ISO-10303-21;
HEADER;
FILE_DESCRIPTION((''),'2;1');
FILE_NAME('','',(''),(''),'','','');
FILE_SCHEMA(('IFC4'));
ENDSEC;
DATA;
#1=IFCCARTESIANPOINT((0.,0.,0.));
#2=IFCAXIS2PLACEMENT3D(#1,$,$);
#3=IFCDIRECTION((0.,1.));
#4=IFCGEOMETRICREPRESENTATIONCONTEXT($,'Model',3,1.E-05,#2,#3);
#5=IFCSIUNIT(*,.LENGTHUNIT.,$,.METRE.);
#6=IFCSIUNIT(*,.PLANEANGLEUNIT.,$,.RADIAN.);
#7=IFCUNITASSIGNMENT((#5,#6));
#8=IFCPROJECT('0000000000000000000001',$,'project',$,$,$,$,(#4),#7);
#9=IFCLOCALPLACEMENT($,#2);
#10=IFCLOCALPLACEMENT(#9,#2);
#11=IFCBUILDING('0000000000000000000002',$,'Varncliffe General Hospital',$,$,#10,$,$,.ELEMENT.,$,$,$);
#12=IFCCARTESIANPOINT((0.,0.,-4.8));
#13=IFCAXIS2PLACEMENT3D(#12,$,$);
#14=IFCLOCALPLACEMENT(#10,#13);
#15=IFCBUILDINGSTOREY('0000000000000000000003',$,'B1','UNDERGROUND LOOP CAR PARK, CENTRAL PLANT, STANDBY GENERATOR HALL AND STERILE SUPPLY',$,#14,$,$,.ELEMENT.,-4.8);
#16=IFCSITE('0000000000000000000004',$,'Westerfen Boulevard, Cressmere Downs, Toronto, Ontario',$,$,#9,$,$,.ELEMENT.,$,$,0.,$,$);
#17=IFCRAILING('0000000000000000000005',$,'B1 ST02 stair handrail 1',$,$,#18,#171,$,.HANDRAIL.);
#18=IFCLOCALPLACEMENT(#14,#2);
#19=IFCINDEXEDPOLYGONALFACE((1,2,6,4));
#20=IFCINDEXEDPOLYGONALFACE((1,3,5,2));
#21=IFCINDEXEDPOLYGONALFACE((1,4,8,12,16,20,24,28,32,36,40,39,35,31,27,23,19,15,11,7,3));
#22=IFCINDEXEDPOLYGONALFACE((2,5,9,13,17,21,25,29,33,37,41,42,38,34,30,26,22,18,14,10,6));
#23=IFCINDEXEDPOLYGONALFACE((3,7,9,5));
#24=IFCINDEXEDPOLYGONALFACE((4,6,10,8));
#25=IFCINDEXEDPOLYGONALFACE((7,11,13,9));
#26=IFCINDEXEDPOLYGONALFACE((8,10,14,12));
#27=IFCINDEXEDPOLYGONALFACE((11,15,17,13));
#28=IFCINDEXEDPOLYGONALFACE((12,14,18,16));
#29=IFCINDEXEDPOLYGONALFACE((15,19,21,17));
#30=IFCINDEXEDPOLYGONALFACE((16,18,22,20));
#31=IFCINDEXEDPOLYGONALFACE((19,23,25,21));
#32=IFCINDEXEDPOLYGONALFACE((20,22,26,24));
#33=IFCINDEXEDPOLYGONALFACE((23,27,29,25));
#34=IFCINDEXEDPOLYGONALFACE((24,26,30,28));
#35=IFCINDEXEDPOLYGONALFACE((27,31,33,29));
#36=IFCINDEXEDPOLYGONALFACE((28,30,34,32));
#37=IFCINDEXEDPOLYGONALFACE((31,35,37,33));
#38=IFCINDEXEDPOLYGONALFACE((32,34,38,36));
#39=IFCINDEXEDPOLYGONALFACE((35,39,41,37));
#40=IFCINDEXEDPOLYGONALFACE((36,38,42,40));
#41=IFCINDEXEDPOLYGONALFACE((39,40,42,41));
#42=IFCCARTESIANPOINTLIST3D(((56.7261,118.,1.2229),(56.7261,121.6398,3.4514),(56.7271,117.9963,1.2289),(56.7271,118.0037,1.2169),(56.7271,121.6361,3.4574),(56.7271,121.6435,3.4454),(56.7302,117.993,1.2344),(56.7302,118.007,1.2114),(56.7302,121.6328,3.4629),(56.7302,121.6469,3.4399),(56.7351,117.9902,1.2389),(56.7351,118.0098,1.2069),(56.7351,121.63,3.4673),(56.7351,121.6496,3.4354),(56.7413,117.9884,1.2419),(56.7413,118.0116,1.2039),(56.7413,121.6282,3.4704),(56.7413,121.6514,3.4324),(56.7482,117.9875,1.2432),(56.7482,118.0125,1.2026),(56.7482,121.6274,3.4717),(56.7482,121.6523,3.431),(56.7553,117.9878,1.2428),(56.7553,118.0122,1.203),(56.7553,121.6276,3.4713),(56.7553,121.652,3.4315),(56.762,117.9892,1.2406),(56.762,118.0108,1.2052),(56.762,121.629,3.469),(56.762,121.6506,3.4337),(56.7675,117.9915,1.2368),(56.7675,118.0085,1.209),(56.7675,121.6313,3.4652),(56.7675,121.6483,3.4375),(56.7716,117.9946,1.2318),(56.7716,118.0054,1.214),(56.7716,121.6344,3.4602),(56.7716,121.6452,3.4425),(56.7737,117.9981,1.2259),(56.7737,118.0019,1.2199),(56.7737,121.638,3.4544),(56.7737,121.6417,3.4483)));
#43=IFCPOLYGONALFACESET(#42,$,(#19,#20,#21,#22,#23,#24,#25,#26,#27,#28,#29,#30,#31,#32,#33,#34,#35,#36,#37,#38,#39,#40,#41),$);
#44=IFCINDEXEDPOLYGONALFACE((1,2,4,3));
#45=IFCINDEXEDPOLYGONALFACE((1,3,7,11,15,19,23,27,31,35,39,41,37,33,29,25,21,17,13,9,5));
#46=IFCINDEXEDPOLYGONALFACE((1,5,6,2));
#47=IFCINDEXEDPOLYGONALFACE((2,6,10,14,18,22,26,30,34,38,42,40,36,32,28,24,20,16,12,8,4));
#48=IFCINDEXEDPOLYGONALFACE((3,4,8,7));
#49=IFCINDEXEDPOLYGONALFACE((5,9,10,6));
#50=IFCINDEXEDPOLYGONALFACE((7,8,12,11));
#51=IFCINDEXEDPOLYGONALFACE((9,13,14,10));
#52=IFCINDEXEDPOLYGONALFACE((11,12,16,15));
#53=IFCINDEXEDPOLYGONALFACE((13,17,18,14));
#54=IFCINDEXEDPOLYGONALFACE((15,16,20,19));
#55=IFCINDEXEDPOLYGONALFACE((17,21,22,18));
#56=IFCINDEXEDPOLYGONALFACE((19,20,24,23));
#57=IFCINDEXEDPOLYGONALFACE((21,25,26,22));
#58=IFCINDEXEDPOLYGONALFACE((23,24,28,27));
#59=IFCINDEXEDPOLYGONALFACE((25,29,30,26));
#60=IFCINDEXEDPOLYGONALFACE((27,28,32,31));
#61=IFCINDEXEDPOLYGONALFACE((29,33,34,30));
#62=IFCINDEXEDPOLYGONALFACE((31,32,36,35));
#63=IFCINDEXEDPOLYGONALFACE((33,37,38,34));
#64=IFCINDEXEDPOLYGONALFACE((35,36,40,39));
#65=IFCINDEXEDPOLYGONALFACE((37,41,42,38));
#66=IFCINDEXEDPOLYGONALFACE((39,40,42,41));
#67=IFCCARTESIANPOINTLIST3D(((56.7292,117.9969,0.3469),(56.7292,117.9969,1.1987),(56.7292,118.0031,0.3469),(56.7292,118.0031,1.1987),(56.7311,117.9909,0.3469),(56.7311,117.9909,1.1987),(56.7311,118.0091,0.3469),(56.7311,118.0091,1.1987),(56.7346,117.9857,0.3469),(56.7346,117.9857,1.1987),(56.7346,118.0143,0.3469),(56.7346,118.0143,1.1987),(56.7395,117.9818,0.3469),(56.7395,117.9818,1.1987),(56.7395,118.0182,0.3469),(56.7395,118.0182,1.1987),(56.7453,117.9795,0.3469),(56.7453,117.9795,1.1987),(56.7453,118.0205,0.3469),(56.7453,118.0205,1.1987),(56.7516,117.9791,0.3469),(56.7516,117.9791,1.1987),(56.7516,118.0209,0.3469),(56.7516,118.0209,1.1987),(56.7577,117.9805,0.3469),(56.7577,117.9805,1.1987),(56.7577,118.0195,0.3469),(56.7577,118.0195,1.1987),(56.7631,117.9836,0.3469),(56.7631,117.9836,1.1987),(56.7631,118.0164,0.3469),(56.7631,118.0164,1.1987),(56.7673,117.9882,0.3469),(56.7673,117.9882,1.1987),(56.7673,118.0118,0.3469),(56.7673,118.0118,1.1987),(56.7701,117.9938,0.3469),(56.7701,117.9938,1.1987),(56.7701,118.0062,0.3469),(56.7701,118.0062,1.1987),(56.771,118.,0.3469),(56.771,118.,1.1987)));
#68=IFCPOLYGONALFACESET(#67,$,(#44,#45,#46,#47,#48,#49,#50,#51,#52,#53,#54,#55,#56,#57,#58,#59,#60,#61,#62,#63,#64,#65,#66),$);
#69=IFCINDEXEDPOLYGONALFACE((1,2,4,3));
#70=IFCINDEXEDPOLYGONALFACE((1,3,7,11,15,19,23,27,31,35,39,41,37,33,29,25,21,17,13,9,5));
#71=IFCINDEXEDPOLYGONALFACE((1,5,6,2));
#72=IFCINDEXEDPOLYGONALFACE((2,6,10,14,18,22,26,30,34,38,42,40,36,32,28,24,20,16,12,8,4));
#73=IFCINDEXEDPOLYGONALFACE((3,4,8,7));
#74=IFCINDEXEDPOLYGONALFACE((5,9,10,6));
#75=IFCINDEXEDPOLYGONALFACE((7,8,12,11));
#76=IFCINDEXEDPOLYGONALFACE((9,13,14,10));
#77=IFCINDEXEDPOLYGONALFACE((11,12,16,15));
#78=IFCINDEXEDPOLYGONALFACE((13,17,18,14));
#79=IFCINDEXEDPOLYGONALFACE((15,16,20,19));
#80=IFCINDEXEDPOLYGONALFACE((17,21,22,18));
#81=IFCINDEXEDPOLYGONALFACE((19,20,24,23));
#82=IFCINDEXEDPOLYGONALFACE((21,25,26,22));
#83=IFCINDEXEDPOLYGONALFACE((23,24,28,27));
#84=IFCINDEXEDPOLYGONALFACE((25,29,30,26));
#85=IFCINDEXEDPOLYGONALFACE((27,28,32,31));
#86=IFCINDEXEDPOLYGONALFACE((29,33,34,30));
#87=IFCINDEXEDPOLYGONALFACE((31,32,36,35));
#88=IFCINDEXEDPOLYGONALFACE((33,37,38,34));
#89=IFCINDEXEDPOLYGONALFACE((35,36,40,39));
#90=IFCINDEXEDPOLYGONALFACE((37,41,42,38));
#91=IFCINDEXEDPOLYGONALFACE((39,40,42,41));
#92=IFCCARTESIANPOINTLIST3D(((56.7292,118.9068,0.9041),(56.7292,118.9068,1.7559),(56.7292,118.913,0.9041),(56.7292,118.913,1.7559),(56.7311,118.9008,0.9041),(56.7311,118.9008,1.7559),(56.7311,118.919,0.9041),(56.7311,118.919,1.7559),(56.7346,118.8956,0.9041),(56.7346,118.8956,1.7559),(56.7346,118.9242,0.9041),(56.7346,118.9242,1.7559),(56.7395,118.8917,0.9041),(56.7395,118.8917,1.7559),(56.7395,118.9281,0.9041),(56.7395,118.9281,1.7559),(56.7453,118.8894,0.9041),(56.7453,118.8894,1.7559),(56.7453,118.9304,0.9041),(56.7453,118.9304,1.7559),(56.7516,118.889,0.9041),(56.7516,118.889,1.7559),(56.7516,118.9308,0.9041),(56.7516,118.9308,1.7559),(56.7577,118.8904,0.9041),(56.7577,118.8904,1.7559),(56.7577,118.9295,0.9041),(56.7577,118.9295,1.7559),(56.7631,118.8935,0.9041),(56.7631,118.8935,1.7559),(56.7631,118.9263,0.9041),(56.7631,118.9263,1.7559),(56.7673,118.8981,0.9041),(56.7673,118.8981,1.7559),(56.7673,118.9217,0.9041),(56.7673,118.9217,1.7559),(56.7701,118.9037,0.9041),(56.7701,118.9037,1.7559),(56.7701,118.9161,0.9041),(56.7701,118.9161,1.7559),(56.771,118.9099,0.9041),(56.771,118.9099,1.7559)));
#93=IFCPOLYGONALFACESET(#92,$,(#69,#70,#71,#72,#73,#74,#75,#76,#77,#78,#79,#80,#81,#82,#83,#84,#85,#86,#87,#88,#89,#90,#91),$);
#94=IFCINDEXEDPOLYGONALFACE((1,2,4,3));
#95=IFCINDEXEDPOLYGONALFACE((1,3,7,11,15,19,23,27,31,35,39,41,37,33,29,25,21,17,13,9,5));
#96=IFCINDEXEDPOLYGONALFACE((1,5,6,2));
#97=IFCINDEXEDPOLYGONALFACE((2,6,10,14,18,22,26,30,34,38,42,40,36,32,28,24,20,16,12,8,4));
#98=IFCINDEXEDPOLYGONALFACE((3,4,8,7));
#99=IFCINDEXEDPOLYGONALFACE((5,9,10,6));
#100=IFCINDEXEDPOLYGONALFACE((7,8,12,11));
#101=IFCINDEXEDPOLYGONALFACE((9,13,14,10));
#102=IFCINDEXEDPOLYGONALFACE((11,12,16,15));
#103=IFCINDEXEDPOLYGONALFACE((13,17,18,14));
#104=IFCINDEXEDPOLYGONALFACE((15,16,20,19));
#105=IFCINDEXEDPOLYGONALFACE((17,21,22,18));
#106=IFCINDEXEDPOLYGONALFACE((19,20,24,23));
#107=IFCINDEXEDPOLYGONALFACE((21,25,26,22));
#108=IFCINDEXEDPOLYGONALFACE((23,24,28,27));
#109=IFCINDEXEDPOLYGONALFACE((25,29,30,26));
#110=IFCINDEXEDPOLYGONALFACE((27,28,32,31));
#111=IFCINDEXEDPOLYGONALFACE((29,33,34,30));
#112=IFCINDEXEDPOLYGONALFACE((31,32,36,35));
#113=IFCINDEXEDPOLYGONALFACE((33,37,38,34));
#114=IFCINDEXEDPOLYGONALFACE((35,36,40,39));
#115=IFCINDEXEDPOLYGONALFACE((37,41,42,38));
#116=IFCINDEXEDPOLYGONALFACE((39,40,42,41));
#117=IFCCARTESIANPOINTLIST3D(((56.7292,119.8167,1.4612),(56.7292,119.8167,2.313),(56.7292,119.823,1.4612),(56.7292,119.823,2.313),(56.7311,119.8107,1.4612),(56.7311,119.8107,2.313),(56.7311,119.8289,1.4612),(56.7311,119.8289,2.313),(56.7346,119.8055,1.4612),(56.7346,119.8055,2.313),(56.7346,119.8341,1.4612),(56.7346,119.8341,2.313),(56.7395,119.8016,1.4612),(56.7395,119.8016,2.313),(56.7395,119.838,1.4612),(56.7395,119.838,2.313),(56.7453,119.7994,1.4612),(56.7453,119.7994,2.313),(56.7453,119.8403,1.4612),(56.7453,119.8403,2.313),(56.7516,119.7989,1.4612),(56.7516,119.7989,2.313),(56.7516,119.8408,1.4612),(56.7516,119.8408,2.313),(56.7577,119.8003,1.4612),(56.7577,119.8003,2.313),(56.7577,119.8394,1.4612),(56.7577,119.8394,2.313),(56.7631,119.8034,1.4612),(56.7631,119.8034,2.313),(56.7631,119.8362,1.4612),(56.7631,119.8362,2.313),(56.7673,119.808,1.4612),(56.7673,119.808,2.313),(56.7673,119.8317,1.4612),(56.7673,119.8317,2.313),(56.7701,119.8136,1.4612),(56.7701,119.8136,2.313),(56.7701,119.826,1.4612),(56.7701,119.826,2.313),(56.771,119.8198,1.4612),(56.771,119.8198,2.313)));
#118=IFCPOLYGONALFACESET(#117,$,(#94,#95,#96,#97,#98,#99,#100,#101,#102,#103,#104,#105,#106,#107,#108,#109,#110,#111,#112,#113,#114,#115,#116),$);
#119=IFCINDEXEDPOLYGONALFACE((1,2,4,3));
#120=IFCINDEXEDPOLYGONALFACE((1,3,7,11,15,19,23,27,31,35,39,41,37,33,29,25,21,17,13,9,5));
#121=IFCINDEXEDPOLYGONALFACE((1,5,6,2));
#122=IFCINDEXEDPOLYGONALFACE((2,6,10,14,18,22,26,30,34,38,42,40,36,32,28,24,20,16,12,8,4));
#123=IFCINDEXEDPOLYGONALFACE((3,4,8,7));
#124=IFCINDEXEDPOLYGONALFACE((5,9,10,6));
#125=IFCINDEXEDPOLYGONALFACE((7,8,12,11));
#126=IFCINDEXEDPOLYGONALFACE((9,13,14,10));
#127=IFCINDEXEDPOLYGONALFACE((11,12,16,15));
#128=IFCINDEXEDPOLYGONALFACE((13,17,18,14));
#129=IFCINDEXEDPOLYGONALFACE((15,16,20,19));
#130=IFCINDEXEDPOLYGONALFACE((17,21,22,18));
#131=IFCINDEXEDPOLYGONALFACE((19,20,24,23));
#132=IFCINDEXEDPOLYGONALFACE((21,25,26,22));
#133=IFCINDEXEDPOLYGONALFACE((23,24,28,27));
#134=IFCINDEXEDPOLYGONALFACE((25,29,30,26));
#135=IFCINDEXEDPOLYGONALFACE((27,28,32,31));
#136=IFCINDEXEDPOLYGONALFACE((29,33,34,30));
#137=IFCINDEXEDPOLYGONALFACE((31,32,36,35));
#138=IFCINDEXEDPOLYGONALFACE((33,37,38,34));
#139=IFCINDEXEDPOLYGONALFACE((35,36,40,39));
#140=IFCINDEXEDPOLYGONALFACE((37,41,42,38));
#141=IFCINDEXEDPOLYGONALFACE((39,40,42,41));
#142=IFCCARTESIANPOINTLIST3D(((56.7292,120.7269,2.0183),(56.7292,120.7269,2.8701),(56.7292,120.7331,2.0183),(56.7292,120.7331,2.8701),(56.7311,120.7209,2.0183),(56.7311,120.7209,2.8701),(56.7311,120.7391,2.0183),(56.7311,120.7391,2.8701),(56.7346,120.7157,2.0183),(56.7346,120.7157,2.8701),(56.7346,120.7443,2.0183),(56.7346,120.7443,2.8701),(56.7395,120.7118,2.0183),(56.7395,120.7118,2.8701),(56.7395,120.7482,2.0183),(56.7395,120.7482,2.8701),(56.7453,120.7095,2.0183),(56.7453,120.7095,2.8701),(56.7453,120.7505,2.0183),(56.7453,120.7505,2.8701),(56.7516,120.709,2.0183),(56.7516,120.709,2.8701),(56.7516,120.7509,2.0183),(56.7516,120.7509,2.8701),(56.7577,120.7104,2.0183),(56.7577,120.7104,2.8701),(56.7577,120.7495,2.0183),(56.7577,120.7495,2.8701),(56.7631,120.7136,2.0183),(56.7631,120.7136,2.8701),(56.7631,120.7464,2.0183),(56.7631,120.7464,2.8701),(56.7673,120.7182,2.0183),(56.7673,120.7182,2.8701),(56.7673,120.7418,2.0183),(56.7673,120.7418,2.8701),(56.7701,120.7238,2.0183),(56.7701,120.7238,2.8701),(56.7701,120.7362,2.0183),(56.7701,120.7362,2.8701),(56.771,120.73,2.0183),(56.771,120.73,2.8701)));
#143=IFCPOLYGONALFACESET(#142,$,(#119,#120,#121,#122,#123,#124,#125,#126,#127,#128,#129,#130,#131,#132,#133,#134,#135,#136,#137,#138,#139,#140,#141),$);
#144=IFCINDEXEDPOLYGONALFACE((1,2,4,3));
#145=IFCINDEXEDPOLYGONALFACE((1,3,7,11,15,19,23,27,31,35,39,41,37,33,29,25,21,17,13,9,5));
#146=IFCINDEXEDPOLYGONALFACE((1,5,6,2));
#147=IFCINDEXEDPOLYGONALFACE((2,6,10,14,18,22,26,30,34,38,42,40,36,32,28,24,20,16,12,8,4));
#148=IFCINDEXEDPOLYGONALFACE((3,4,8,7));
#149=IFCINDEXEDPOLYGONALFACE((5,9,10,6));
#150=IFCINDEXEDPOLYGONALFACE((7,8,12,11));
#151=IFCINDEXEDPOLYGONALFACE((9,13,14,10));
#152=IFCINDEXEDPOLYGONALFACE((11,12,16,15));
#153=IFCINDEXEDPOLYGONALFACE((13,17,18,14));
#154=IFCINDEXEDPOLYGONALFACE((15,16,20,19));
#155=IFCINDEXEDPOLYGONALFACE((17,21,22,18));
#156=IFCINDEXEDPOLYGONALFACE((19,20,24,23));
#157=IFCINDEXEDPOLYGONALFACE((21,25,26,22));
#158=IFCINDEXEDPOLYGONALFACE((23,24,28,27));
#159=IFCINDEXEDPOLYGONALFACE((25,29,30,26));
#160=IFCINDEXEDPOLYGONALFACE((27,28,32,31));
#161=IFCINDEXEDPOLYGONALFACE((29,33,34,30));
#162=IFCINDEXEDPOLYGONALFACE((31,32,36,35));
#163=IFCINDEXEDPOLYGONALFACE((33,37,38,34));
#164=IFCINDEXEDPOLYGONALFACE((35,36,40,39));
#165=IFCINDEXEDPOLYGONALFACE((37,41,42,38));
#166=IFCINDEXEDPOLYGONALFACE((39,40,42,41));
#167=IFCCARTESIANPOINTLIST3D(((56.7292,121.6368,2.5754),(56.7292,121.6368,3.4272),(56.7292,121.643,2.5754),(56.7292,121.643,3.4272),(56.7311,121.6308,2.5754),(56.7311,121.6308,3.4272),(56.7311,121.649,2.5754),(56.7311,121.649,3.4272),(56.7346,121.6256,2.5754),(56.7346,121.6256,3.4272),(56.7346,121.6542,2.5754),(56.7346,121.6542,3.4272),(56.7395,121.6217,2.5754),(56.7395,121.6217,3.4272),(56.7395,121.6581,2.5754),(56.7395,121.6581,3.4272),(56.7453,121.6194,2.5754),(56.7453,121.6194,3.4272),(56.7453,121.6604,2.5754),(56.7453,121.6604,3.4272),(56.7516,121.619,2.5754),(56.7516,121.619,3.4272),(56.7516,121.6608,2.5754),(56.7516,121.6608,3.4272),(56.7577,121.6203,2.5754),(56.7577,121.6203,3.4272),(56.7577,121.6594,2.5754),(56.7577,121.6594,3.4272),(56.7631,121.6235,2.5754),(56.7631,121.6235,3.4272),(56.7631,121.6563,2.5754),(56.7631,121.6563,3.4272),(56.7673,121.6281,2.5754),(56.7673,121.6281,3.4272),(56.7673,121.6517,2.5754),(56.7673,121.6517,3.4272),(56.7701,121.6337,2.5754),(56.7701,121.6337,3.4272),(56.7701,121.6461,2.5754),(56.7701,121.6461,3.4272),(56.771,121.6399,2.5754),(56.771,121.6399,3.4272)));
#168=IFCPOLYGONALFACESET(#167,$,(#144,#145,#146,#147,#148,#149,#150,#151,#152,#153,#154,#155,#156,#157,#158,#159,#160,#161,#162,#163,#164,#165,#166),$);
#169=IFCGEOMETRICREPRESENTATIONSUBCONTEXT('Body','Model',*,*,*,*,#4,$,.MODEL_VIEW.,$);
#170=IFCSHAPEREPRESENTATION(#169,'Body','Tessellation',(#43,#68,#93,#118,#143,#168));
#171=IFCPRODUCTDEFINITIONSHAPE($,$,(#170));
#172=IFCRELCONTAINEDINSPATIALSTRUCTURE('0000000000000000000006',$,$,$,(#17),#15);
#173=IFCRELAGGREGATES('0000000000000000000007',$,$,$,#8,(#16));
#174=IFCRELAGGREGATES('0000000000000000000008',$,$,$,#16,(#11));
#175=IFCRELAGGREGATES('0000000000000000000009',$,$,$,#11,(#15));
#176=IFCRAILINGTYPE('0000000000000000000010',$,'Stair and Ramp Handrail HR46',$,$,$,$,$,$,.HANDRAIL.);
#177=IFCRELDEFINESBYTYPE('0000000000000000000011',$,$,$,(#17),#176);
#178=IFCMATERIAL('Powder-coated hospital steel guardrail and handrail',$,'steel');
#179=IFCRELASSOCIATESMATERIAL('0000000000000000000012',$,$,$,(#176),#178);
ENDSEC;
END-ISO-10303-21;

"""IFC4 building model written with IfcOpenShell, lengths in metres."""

from ifc_helpers import new_model, si_unit, direction, frame, origin, origin_2d, place, context, subcontext, project, spatial, circle, extrude, material, type_object, element, save


model = new_model("IFC4")

# Units and contexts
model_context = context("Model", 3, precision=1e-05, world=origin(), true_north=direction((0.0, 1.0)))
body_context = subcontext(model_context, "Body", "Model", "MODEL_VIEW")
ifc_project = project(units=[si_unit("LENGTHUNIT", "METRE"), si_unit("PLANEANGLEUNIT", "RADIAN")], contexts=[model_context])

# Site, building, storey
site_placement = place(None, origin())
site = spatial("IfcSite", under=ifc_project, at=site_placement, Name="Westerfen Boulevard, Cressmere Downs, Toronto, Ontario", CompositionType="ELEMENT", RefElevation=0.0)
building_placement = place(site_placement, origin())
building = spatial("IfcBuilding", under=site, at=building_placement, Name="Varncliffe General Hospital", CompositionType="ELEMENT")
storey_placement = place(building_placement, frame((0.0, 0.0, -4.8)))
storey = spatial("IfcBuildingStorey", under=building, at=storey_placement, Name="B1", Description="UNDERGROUND LOOP CAR PARK, CENTRAL PLANT, STANDBY GENERATOR HALL AND STERILE SUPPLY", CompositionType="ELEMENT", Elevation=-4.8)

# Railing
ifc_material_1 = material(Name="Powder-coated hospital steel guardrail and handrail", Category="steel")
railing_type_1 = type_object("IfcRailingType", Name="Stair and Ramp Handrail HR46", PredefinedType="HANDRAIL", material=ifc_material_1)
railing_1_placement = place(storey_placement, frame((56.75, 118.0, 0.3469)))
element("IfcRailing", 1, at=railing_1_placement, inside=storey, type_object=railing_type_1, Name="B1 ST02 stair handrail 1", PredefinedType="HANDRAIL", context=body_context, shape_type="SweptSolid", body=[
    extrude(circle(Radius=0.0239, at=origin_2d()), frame((0.0, 0.0, 0.876), z_axis=(0.0, 0.85285, 0.522156), x_axis=(-1.0, 0.0, 0.0)), (0.0, 0.0, 1.0), 4.2678),
    extrude(circle(Radius=0.021, at=origin_2d()), origin(), (0.0, 0.0, 1.0), 0.8518),
    extrude(circle(Radius=0.021, at=origin_2d()), frame((0.0, 0.9099, 0.5571)), (0.0, 0.0, 1.0), 0.8518),
    extrude(circle(Radius=0.021, at=origin_2d()), frame((0.0, 1.8198, 1.1143)), (0.0, 0.0, 1.0), 0.8518),
    extrude(circle(Radius=0.021, at=origin_2d()), frame((0.0, 2.73, 1.6714)), (0.0, 0.0, 1.0), 0.8518),
    extrude(circle(Radius=0.021, at=origin_2d()), frame((0.0, 3.6399, 2.2285)), (0.0, 0.0, 1.0), 0.8518),
])

save(model, "model.ifc")
